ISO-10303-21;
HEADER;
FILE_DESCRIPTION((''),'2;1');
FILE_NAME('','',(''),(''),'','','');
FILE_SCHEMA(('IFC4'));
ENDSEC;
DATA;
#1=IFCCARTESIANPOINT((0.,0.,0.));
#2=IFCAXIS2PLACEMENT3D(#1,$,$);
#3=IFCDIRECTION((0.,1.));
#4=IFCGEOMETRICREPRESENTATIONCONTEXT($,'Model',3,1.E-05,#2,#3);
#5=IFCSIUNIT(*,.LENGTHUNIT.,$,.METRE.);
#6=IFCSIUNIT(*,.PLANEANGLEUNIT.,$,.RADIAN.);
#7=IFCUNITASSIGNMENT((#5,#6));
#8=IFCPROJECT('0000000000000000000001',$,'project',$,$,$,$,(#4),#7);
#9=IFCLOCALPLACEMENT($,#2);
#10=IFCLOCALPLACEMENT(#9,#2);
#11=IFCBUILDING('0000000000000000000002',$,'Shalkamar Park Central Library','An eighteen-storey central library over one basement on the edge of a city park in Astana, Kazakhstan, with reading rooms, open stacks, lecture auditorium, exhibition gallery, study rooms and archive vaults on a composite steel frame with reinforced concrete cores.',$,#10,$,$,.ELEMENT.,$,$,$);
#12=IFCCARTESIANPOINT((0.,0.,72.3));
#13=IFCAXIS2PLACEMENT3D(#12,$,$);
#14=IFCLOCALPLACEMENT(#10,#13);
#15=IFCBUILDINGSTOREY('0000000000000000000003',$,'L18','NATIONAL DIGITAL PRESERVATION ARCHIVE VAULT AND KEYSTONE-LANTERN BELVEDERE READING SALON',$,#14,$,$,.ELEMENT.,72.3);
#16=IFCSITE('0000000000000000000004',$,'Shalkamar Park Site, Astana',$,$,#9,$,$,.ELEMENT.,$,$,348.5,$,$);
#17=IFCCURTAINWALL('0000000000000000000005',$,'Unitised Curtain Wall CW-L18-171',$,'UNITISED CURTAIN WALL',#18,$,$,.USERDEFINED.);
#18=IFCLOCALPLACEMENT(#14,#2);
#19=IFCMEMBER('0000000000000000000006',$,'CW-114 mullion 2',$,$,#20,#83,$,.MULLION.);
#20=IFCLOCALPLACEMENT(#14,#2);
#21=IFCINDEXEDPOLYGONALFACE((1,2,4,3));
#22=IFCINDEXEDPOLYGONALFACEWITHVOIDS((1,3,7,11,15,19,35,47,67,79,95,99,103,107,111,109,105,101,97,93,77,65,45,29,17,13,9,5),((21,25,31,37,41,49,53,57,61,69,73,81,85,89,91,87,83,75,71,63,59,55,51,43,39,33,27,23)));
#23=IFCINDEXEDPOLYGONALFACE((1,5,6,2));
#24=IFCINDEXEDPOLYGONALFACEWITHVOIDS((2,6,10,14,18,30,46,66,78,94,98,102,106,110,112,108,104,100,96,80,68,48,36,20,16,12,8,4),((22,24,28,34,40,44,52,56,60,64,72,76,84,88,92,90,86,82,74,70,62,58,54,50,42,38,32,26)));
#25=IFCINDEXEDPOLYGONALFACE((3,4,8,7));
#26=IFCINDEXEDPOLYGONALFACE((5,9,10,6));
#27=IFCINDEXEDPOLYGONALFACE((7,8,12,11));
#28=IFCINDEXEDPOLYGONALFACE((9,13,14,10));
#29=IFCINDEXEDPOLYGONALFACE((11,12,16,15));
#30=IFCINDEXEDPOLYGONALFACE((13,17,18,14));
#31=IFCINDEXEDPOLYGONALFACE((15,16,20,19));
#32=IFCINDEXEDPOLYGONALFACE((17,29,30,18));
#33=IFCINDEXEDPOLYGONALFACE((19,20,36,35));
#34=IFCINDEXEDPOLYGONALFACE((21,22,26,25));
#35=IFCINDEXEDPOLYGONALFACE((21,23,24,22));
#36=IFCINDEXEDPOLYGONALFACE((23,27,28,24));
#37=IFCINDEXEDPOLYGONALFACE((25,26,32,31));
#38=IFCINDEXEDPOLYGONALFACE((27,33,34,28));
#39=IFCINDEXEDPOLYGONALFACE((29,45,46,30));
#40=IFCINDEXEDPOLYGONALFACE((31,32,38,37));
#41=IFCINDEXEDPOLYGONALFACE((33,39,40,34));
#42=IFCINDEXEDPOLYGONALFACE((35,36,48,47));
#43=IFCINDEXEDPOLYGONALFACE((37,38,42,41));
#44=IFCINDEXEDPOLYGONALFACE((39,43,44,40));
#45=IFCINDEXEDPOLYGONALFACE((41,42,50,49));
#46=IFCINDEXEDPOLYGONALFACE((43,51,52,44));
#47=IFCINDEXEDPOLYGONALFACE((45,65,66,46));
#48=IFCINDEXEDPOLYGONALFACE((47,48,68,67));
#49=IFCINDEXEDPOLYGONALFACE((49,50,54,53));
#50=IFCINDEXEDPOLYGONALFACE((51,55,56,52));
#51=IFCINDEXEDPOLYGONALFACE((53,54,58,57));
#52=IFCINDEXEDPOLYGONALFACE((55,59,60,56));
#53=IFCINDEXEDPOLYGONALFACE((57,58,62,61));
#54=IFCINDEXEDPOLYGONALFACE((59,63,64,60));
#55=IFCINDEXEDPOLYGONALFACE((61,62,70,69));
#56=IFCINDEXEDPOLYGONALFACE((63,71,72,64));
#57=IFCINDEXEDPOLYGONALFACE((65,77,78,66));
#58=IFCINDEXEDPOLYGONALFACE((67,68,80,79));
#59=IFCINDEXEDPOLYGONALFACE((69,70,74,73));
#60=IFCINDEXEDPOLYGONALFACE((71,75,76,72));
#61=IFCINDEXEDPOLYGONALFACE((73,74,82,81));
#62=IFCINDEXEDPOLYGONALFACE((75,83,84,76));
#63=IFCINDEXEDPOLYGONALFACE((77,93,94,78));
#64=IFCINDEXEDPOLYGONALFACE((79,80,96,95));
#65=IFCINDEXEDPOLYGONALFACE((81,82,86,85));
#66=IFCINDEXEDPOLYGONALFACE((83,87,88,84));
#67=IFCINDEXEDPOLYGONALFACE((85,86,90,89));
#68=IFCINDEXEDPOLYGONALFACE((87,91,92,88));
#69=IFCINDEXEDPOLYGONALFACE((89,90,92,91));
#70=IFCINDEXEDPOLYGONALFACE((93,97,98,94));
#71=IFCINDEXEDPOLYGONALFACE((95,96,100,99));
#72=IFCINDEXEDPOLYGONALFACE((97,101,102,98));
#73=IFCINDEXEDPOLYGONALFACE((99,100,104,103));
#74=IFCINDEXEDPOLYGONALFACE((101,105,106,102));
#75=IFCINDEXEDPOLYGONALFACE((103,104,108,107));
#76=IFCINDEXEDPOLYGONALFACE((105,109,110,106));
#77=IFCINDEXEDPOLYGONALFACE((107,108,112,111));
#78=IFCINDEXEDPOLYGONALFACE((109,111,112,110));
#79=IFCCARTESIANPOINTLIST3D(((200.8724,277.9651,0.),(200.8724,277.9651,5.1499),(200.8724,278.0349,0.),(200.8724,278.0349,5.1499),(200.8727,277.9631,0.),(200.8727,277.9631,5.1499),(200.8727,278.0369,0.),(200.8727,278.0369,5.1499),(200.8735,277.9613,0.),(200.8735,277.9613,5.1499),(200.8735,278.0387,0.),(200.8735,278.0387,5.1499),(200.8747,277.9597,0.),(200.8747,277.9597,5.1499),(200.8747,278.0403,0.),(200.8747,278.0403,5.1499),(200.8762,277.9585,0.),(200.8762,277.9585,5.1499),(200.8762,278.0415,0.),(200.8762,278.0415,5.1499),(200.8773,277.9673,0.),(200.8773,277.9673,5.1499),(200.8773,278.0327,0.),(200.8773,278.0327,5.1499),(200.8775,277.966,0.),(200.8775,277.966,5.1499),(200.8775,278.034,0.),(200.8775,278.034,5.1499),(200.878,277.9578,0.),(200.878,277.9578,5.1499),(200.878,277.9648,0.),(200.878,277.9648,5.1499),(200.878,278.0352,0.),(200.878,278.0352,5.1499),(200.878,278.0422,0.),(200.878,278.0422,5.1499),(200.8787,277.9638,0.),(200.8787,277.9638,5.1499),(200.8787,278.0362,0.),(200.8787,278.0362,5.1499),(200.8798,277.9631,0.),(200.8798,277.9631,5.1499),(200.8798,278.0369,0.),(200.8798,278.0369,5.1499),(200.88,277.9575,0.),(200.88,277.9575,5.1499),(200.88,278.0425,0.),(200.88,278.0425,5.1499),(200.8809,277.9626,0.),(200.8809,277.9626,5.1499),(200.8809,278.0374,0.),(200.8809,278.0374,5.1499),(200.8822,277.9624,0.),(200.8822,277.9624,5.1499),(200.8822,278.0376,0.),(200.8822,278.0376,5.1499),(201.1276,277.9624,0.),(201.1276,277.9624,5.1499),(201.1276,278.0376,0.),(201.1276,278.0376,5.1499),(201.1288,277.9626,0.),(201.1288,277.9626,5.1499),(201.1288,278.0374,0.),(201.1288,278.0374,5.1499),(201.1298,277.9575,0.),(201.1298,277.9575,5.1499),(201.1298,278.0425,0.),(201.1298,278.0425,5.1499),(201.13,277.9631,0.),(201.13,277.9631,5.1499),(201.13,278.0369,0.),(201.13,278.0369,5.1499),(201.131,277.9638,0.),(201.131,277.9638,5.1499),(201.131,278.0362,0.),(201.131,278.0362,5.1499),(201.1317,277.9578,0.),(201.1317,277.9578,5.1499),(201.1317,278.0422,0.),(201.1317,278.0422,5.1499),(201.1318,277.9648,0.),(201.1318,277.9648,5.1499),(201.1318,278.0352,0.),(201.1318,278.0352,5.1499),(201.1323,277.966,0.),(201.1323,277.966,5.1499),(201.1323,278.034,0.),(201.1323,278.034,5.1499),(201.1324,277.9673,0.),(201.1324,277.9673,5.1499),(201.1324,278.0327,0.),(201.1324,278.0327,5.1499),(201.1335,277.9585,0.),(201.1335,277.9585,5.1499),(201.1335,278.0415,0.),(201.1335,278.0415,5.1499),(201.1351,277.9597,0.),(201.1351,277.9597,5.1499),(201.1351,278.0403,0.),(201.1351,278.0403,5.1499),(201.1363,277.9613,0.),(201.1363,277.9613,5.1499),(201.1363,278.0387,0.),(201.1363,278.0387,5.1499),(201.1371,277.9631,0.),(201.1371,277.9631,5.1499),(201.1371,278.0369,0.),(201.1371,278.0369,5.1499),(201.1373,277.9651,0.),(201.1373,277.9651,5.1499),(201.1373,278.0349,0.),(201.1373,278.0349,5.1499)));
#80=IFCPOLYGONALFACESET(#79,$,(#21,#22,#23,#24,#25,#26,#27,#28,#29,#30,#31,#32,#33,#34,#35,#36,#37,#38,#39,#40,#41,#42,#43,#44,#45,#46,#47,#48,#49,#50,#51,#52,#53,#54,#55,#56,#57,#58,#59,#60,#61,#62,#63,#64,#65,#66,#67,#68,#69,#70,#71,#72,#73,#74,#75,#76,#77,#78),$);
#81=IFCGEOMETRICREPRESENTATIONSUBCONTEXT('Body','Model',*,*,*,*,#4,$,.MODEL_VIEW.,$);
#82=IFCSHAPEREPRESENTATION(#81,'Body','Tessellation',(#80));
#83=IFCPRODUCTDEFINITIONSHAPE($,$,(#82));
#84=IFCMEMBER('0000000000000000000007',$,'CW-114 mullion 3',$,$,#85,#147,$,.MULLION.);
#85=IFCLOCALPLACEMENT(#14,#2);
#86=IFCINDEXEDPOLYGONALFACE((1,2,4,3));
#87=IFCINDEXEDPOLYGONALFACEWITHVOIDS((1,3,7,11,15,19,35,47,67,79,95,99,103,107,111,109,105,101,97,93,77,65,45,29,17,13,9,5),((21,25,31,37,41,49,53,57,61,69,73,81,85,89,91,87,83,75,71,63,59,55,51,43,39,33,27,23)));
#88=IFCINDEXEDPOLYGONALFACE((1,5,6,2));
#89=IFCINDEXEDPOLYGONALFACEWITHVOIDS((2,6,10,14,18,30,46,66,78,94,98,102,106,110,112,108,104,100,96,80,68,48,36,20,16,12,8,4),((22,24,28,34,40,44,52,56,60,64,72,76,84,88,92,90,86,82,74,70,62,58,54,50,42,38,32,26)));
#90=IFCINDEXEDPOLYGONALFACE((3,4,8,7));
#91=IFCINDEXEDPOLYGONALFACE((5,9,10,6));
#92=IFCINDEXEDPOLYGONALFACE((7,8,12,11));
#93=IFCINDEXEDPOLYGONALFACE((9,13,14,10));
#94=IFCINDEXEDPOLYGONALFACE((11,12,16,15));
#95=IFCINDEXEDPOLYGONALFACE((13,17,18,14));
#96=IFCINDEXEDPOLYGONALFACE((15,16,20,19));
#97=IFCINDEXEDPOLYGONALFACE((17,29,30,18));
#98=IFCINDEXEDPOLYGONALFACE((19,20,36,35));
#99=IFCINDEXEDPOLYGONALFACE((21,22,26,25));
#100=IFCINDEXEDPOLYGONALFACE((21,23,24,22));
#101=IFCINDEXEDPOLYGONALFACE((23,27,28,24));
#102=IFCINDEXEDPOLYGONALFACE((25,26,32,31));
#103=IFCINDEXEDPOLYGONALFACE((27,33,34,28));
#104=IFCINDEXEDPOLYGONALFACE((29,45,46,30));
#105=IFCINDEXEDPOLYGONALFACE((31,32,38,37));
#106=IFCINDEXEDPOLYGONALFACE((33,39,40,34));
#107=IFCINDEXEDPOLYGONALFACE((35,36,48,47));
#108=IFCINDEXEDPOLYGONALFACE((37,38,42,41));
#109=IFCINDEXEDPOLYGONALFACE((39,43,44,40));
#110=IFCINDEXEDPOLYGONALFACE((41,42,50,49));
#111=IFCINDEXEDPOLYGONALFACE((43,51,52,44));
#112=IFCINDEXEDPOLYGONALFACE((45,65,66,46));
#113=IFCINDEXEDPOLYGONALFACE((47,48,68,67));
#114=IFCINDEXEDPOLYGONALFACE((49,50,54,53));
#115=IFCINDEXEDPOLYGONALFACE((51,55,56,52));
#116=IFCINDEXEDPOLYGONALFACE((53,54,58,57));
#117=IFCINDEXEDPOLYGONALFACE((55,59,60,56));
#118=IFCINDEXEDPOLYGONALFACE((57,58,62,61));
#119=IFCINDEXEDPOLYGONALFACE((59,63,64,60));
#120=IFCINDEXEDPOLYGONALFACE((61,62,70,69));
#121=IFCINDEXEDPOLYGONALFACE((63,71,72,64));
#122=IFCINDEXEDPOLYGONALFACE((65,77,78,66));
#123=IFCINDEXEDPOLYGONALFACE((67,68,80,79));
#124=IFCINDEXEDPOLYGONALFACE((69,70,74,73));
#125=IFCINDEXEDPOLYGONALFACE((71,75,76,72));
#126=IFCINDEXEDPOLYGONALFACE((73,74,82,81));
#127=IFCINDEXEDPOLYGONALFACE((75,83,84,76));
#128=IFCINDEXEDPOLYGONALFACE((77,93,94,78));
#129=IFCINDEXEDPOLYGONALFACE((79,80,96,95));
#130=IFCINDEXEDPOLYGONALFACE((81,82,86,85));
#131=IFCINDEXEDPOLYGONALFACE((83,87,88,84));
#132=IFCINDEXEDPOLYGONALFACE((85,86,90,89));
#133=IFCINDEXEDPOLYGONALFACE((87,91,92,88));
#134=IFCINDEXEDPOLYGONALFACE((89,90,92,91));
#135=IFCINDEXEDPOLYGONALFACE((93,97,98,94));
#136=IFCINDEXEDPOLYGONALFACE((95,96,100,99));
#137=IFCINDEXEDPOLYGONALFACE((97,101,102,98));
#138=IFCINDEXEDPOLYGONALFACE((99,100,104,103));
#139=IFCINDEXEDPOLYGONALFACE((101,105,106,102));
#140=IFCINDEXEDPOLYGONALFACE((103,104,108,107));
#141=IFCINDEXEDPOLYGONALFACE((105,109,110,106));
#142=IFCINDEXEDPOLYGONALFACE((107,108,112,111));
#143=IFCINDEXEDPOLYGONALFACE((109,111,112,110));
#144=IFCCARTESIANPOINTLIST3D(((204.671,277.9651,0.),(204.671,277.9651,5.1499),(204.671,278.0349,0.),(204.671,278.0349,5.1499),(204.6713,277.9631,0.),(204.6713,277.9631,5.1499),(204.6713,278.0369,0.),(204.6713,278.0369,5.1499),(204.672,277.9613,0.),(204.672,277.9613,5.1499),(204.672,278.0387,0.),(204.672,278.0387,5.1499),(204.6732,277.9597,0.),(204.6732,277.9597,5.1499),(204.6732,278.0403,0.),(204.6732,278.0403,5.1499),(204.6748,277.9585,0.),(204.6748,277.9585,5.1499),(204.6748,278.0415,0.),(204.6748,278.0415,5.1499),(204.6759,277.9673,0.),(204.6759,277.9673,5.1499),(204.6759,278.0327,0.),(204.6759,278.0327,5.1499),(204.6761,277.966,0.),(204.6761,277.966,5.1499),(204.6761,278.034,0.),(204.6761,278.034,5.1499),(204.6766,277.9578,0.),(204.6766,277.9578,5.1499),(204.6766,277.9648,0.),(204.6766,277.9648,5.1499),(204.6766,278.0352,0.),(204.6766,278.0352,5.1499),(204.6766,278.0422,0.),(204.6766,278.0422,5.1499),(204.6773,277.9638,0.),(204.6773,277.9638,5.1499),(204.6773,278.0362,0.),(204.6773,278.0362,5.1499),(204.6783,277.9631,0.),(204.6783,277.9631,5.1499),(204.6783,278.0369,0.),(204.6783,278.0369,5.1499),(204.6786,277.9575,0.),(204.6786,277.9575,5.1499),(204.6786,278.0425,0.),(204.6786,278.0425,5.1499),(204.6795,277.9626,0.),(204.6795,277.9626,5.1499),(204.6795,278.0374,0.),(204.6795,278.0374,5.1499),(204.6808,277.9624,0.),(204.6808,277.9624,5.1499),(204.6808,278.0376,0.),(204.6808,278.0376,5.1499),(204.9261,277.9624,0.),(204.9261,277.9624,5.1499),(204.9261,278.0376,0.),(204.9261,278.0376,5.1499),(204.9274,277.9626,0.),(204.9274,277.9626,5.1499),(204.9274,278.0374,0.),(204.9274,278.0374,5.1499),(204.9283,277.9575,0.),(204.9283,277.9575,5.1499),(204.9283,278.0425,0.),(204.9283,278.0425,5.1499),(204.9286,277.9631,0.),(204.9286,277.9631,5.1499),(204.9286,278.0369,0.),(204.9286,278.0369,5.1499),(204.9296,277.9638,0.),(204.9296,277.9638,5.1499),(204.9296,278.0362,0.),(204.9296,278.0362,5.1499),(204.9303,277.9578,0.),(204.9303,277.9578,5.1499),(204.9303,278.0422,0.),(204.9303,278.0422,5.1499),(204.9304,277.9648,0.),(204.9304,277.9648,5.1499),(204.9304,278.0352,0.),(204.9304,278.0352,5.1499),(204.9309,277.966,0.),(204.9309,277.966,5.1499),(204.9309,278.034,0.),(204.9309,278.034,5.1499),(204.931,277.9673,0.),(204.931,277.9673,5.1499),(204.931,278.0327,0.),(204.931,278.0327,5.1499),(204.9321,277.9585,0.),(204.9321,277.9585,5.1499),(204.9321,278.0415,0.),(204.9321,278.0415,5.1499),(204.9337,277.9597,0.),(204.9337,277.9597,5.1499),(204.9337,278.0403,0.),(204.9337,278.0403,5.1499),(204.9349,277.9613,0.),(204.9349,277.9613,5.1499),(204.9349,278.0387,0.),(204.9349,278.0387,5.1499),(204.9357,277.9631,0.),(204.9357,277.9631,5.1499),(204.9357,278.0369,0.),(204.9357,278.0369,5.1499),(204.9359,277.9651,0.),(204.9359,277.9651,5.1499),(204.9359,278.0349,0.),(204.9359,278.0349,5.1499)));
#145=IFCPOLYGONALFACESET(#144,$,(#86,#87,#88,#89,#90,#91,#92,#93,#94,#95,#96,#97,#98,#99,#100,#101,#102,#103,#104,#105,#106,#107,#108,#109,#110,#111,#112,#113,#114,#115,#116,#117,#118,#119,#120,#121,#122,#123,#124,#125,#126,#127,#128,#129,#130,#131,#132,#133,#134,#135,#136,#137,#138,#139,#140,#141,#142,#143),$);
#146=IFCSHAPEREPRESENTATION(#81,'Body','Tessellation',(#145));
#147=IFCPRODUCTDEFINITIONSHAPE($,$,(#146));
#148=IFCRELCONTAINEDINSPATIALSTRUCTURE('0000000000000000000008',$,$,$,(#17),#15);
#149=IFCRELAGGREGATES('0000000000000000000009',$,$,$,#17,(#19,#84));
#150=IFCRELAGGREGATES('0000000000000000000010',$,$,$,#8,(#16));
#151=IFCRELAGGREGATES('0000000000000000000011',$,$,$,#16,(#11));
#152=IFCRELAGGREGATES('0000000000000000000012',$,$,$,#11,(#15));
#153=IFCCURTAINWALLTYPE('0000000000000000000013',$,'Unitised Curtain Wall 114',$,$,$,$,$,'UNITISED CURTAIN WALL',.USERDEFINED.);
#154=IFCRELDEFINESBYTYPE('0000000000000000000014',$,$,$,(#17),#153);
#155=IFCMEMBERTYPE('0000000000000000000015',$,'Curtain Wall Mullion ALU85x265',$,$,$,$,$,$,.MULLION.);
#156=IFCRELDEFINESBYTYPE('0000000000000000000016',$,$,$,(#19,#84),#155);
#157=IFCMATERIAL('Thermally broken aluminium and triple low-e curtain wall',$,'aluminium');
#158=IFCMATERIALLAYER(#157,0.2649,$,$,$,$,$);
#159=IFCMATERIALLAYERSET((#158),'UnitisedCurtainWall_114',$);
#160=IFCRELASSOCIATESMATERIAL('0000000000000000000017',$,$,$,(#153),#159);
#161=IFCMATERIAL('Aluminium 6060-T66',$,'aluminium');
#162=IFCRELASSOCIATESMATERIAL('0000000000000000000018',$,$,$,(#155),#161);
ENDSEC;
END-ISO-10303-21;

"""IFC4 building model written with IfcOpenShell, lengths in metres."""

from ifc_helpers import new_model, si_unit, direction, frame, origin, origin_2d, place, context, subcontext, project, spatial, hollow_rectangle, extrude, material, layer, layer_set, material_profile, profile_set, type_object, element, aggregate, save


model = new_model("IFC4")

# Units and contexts
model_context = context("Model", 3, precision=1e-05, world=origin(), true_north=direction((0.0, 1.0)))
body_context = subcontext(model_context, "Body", "Model", "MODEL_VIEW")
ifc_project = project(units=[si_unit("LENGTHUNIT", "METRE"), si_unit("PLANEANGLEUNIT", "RADIAN")], contexts=[model_context])

# Site, building, storey
site_placement = place(None, origin())
site = spatial("IfcSite", under=ifc_project, at=site_placement, Name="Shalkamar Park Site, Astana", CompositionType="ELEMENT", RefElevation=348.5)
building_placement = place(site_placement, origin())
building = spatial("IfcBuilding", under=site, at=building_placement, Name="Shalkamar Park Central Library", Description="An eighteen-storey central library over one basement on the edge of a city park in Astana, Kazakhstan, with reading rooms, open stacks, lecture auditorium, exhibition gallery, study rooms and archive vaults on a composite steel frame with reinforced concrete cores.", CompositionType="ELEMENT")
storey_placement = place(building_placement, frame((0.0, 0.0, 72.3)))
storey = spatial("IfcBuildingStorey", under=building, at=storey_placement, Name="L18", Description="NATIONAL DIGITAL PRESERVATION ARCHIVE VAULT AND KEYSTONE-LANTERN BELVEDERE READING SALON", CompositionType="ELEMENT", Elevation=72.3)

# Curtain wall, members
ifc_material_1 = material(Name="Thermally broken aluminium and triple low-e curtain wall", Category="aluminium")
ifc_layer_1 = layer(ifc_material_1, 0.2649)
ifc_layer_set_1 = layer_set([ifc_layer_1], Name="UnitisedCurtainWall_114")
curtain_wall_type = type_object("IfcCurtainWallType", Name="Unitised Curtain Wall 114", ElementType="UNITISED CURTAIN WALL", PredefinedType="USERDEFINED", material=ifc_layer_set_1)
curtain_wall_placement = place(storey_placement, origin())
curtain_wall = element("IfcCurtainWall", 1, at=curtain_wall_placement, inside=storey, type_object=curtain_wall_type, Name="Unitised Curtain Wall CW-L18-171", ObjectType="UNITISED CURTAIN WALL", PredefinedType="USERDEFINED")
ifc_material_2 = material(Name="Aluminium 6060-T66", Category="aluminium")
ifc_material_profile_1 = material_profile(ifc_material_2, hollow_rectangle(XDim=0.085, YDim=0.2649, WallThickness=0.0049, InnerFilletRadius=0.0049, OuterFilletRadius=0.0076, at=origin_2d()), Name="ALU 85x265x5")
ifc_profile_set_1 = profile_set([ifc_material_profile_1], Name="Aluminium 6060-T66")
member_type_1 = type_object("IfcMemberType", Name="Curtain Wall Mullion ALU85x265", PredefinedType="MULLION", material=ifc_profile_set_1)
member_1_placement = place(storey_placement, frame((201.0049, 278.0, 0.0), z_axis=(0.0, 0.0, 1.0), x_axis=(0.0, 1.0, 0.0)))
member_1 = element("IfcMember", 2, at=member_1_placement, type_object=member_type_1, Name="CW-114 mullion 2", PredefinedType="MULLION", context=body_context, shape_type="SweptSolid", body=[
    extrude(hollow_rectangle(XDim=0.085, YDim=0.2649, WallThickness=0.0049, InnerFilletRadius=0.0049, OuterFilletRadius=0.0076, at=origin_2d()), origin(), (0.0, 0.0, 1.0), 5.1499),
])
member_2_placement = place(storey_placement, frame((204.8035, 278.0, 0.0), z_axis=(0.0, 0.0, 1.0), x_axis=(0.0, 1.0, 0.0)))
member_2 = element("IfcMember", 3, at=member_2_placement, type_object=member_type_1, Name="CW-114 mullion 3", PredefinedType="MULLION", context=body_context, shape_type="SweptSolid", body=[
    extrude(hollow_rectangle(XDim=0.085, YDim=0.2649, WallThickness=0.0049, InnerFilletRadius=0.0049, OuterFilletRadius=0.0076, at=origin_2d()), origin(), (0.0, 0.0, 1.0), 5.1499),
])

aggregate(curtain_wall, [member_1, member_2])

save(model, "model.ifc")
